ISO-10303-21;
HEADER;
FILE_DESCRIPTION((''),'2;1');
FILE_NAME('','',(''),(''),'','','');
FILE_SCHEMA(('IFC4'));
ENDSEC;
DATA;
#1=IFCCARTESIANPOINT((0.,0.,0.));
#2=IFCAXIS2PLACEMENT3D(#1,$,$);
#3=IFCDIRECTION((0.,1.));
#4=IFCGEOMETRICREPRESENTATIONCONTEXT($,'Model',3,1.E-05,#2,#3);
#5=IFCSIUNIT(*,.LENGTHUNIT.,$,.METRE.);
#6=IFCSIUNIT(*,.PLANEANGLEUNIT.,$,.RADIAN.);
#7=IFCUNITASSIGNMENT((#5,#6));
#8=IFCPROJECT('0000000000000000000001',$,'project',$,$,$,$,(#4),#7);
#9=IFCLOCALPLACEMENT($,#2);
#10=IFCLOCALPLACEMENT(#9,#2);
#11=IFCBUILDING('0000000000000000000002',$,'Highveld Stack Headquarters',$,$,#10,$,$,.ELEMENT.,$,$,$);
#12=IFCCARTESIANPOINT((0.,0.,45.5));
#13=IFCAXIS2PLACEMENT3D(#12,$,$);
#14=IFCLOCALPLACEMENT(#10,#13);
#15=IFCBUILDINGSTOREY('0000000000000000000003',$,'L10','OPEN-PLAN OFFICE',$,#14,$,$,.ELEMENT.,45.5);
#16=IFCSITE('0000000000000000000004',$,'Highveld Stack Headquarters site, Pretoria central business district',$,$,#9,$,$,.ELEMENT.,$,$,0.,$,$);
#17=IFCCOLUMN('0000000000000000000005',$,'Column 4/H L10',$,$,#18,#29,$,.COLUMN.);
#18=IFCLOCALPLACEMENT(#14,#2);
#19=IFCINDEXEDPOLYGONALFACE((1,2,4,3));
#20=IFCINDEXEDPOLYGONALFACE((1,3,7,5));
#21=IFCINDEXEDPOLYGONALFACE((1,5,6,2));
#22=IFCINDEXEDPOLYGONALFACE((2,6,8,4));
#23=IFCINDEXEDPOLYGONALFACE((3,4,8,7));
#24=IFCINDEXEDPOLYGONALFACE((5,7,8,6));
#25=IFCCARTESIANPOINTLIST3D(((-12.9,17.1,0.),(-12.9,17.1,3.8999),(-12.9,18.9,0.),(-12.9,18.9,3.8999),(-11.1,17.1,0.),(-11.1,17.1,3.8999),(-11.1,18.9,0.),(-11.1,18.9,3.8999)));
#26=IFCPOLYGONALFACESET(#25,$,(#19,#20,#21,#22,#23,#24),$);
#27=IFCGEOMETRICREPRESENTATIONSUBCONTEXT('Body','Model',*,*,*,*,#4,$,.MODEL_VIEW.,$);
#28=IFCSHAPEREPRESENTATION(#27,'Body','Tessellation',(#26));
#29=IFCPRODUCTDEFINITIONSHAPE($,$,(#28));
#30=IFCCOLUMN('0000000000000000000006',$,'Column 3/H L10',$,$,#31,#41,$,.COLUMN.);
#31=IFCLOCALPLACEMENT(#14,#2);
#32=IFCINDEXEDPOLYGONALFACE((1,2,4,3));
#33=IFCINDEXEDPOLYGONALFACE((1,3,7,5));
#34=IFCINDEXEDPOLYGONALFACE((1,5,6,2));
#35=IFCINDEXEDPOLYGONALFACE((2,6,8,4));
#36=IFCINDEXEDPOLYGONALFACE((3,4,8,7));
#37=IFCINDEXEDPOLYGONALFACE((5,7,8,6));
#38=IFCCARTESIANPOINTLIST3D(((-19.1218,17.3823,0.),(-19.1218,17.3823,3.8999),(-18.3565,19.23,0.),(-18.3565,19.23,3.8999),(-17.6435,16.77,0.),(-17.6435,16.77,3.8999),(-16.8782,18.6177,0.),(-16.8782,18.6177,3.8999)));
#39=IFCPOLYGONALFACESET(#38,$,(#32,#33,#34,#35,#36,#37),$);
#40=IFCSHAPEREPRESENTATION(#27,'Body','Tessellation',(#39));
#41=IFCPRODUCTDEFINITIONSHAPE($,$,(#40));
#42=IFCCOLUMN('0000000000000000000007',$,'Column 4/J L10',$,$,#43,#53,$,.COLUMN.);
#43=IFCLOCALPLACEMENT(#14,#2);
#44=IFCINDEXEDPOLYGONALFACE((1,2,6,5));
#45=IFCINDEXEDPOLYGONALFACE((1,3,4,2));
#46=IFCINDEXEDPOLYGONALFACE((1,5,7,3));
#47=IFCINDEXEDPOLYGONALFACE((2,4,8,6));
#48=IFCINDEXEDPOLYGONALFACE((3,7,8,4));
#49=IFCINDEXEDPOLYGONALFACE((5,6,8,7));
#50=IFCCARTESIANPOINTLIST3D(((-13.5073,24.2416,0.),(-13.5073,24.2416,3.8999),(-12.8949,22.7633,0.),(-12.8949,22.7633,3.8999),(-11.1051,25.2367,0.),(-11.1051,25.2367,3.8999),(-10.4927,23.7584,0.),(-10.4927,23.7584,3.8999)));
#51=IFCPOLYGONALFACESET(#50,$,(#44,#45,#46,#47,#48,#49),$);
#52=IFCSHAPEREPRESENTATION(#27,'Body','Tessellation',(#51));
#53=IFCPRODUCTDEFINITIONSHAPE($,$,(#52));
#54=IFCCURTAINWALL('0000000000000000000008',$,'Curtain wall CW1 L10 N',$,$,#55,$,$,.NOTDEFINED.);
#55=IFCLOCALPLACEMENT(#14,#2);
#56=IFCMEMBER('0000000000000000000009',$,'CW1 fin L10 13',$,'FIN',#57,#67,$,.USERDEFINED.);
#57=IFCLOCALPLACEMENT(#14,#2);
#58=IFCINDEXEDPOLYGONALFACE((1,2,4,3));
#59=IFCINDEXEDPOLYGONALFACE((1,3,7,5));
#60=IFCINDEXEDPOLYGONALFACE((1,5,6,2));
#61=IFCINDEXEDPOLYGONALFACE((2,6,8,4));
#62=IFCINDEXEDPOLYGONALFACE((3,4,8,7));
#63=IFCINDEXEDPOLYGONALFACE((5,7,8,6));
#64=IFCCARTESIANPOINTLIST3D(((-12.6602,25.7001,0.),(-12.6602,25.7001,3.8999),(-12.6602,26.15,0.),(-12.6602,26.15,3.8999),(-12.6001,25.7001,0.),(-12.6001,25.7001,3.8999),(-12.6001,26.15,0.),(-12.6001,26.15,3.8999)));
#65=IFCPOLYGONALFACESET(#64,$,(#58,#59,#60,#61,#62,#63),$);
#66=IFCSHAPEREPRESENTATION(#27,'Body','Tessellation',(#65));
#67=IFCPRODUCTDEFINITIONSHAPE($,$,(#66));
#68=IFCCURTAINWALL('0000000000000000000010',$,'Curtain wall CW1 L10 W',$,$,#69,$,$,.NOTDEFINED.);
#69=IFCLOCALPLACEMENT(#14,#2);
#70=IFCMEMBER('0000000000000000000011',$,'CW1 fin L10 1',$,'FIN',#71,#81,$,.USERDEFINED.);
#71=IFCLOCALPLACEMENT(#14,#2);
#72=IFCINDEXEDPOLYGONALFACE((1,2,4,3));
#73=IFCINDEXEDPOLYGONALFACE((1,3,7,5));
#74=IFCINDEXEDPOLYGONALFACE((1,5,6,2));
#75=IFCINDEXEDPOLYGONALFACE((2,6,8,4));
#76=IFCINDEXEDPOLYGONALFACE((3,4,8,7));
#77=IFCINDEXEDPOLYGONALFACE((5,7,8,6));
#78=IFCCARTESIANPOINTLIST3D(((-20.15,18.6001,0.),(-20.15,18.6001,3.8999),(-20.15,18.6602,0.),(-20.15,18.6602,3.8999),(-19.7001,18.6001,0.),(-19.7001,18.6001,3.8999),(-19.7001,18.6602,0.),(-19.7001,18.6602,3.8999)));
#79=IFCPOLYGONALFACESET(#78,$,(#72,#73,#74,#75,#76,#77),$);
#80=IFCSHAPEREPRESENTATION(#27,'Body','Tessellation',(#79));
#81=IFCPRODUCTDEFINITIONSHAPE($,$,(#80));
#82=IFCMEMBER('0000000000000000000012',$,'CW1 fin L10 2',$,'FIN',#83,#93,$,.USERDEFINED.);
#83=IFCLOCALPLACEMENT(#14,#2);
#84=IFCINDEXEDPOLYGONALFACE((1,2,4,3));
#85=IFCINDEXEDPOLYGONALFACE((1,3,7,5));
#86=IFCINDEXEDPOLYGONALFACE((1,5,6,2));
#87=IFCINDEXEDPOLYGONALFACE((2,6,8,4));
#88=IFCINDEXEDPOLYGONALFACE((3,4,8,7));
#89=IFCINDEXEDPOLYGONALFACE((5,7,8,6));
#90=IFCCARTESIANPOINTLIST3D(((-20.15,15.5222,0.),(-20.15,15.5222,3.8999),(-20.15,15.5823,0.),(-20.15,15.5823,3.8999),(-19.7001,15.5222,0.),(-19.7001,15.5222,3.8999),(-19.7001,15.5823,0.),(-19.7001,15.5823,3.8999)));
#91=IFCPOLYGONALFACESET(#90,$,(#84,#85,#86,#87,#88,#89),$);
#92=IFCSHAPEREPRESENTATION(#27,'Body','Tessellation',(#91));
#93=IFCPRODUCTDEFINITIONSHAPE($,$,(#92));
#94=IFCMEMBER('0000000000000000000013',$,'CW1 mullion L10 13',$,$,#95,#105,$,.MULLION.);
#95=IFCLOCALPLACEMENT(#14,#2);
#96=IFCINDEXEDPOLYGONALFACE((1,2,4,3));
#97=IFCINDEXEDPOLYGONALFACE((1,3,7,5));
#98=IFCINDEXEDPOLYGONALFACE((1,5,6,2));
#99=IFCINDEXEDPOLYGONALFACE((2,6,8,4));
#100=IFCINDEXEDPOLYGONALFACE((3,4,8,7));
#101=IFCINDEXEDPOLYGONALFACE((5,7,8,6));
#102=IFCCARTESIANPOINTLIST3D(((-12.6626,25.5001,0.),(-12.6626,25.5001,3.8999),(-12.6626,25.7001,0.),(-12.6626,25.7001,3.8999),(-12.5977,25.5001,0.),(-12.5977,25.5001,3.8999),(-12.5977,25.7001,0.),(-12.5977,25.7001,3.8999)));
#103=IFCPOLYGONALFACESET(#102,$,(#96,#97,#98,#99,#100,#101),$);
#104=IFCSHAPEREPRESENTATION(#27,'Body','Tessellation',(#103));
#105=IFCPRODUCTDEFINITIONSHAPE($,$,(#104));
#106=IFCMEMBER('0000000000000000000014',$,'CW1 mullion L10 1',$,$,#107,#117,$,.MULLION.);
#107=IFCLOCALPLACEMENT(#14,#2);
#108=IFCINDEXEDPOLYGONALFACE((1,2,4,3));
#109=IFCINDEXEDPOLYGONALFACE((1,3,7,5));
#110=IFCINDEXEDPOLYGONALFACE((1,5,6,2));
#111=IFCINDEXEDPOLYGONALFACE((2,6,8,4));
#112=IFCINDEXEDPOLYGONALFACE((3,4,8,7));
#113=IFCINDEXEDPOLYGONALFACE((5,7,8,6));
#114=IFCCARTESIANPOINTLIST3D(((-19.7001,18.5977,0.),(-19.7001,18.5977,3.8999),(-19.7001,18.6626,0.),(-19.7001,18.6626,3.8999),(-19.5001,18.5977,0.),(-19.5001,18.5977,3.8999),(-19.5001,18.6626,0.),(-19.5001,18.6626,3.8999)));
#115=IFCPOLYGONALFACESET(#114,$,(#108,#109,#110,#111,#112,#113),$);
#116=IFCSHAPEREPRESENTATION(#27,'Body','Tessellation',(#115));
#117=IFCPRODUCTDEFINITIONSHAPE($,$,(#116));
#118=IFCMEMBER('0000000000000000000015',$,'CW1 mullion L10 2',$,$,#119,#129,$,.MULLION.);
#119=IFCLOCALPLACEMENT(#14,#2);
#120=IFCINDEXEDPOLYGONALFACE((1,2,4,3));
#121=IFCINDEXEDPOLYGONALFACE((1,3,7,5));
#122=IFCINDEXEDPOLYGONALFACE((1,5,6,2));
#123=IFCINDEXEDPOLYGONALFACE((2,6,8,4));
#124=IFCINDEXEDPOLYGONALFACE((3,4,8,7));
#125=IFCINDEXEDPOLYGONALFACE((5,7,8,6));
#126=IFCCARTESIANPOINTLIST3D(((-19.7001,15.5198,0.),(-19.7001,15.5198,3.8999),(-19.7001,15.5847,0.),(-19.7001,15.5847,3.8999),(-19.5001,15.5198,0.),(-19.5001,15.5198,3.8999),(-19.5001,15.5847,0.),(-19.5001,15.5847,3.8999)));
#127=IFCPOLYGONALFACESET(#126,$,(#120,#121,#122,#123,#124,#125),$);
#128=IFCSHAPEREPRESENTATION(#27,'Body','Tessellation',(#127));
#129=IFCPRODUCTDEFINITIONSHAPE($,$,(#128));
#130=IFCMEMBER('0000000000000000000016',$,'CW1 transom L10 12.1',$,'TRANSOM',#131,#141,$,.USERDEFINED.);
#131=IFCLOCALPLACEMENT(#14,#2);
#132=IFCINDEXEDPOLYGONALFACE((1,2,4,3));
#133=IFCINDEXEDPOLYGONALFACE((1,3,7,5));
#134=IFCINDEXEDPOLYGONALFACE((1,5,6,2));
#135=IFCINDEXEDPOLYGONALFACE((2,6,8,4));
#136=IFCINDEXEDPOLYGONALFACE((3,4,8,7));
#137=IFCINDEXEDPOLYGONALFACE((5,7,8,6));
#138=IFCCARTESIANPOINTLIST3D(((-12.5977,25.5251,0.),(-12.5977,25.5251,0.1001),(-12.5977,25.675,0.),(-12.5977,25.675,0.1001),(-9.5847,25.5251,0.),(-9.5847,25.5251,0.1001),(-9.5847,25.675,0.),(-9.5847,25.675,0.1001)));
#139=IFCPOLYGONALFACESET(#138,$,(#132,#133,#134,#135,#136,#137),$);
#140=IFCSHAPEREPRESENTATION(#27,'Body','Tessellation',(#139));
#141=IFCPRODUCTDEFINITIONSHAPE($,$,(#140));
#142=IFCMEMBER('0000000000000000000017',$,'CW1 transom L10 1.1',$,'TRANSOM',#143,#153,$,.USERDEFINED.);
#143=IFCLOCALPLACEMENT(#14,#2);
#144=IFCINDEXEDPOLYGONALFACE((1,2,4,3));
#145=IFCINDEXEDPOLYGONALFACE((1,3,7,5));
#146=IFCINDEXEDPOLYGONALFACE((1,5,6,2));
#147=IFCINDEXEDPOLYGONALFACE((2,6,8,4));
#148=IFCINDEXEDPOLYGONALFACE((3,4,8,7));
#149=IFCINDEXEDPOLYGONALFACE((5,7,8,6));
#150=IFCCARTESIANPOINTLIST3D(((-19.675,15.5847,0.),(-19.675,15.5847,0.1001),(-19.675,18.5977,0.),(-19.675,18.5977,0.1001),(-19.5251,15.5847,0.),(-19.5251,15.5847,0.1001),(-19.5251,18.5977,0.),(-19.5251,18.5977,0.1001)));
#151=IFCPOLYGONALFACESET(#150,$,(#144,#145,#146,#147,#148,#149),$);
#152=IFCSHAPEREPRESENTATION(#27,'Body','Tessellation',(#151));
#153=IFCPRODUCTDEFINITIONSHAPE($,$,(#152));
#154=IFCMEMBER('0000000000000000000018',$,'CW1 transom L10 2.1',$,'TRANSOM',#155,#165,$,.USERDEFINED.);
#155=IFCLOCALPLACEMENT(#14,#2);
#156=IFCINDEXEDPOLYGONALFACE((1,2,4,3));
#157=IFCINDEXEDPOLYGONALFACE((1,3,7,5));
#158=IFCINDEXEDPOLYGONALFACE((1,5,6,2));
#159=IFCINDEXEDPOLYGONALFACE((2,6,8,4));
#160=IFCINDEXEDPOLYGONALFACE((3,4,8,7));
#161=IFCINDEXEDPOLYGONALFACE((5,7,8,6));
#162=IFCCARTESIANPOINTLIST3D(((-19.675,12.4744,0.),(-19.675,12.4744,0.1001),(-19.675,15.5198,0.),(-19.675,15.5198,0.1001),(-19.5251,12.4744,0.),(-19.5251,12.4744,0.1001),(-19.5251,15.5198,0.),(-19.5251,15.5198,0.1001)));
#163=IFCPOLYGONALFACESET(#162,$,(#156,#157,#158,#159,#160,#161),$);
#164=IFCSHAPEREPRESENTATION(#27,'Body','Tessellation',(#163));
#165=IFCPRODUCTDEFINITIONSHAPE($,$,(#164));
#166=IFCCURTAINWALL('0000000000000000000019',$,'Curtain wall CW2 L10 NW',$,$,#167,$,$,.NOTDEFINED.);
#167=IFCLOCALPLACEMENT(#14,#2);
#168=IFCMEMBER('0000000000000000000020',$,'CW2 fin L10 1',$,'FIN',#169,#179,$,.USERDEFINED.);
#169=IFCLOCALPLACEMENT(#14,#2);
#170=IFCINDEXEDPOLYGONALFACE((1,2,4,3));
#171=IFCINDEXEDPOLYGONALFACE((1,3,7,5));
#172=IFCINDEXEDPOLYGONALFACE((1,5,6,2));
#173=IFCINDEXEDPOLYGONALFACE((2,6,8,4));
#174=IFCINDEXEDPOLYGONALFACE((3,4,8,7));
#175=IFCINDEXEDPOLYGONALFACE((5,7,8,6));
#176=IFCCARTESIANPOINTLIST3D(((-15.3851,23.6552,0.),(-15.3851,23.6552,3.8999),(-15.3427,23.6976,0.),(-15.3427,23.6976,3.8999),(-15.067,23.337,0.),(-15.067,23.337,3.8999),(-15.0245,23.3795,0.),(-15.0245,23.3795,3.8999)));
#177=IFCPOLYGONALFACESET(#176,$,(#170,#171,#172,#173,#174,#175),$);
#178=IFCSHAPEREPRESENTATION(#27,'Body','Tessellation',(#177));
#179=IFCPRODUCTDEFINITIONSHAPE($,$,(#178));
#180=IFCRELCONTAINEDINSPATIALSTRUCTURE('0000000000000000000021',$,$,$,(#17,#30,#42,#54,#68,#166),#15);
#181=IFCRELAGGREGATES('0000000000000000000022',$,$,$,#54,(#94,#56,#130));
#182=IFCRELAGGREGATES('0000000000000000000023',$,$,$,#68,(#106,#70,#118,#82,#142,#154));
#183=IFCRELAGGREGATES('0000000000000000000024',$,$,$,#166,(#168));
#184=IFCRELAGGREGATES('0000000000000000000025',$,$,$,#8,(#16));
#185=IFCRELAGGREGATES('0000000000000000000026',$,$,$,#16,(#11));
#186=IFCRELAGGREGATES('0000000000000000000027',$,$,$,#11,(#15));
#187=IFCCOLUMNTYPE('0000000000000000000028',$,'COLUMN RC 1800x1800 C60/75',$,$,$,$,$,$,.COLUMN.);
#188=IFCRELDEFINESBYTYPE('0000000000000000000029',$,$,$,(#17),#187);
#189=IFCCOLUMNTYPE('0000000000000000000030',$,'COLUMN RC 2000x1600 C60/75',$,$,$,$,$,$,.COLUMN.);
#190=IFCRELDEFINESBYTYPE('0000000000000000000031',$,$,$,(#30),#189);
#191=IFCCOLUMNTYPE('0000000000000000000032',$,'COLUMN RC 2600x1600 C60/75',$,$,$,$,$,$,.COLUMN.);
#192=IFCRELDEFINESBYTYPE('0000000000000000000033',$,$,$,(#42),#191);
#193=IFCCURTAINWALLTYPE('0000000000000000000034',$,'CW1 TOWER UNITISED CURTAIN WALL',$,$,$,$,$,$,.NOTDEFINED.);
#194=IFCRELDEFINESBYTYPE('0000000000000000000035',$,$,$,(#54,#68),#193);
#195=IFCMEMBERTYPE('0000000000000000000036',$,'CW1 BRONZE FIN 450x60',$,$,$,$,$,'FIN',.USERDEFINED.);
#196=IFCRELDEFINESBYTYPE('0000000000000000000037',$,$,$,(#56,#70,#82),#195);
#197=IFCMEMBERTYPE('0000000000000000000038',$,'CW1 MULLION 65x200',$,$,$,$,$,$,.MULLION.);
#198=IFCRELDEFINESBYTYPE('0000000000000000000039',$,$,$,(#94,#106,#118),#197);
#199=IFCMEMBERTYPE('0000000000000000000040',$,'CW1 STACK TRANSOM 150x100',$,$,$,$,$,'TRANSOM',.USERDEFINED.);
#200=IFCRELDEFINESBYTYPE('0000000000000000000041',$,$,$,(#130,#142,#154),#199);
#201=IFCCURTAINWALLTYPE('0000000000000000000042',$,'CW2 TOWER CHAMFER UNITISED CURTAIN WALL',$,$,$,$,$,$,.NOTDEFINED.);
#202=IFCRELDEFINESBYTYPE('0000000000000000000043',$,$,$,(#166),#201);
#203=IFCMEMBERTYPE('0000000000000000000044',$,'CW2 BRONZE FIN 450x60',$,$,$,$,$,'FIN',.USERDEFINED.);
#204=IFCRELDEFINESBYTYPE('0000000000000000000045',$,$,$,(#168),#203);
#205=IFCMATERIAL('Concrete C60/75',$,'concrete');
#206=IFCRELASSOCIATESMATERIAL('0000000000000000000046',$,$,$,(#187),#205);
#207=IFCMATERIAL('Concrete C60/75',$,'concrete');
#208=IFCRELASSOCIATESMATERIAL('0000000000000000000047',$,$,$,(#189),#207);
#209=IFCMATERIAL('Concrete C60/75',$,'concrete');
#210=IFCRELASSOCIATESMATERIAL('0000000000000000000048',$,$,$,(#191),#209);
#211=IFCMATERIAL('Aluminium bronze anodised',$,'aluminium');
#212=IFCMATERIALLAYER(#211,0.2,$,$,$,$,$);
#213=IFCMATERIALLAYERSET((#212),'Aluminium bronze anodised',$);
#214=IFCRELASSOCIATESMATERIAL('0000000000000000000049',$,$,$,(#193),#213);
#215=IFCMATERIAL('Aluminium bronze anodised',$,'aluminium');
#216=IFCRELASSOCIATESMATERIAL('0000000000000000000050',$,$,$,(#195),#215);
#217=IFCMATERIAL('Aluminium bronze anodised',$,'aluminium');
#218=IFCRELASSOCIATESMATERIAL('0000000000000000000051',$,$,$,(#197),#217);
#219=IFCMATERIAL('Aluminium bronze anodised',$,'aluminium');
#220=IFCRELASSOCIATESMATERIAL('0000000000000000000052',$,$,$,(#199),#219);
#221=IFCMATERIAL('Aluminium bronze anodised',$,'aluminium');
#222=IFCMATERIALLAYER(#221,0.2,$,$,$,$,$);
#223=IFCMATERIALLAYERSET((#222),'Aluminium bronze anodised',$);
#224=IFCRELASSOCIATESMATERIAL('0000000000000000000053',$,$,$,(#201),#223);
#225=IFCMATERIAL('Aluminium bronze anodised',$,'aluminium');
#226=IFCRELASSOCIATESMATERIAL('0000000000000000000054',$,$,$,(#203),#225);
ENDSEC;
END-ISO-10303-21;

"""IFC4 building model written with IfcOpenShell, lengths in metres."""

from ifc_helpers import new_model, si_unit, direction, frame, origin, origin_2d, place, context, subcontext, project, spatial, rectangle, extrude, material, layer, layer_set, material_profile, profile_set, type_object, element, aggregate, save


model = new_model("IFC4")

# Units and contexts
model_context = context("Model", 3, precision=1e-05, world=origin(), true_north=direction((0.0, 1.0)))
body_context = subcontext(model_context, "Body", "Model", "MODEL_VIEW")
ifc_project = project(units=[si_unit("LENGTHUNIT", "METRE"), si_unit("PLANEANGLEUNIT", "RADIAN")], contexts=[model_context])

# Site, building, storey
site_placement = place(None, origin())
site = spatial("IfcSite", under=ifc_project, at=site_placement, Name="Highveld Stack Headquarters site, Pretoria central business district", CompositionType="ELEMENT", RefElevation=0.0)
building_placement = place(site_placement, origin())
building = spatial("IfcBuilding", under=site, at=building_placement, Name="Highveld Stack Headquarters", CompositionType="ELEMENT")
storey_placement = place(building_placement, frame((0.0, 0.0, 45.5)))
storey = spatial("IfcBuildingStorey", under=building, at=storey_placement, Name="L10", Description="OPEN-PLAN OFFICE", CompositionType="ELEMENT", Elevation=45.5)

# Columns
ifc_material_1 = material(Name="Concrete C60/75", Category="concrete")
ifc_material_profile_1 = material_profile(ifc_material_1, rectangle(XDim=1.8, YDim=1.8, at=origin_2d()), Name="RC 1800x1800")
ifc_profile_set_1 = profile_set([ifc_material_profile_1], Name="Concrete C60/75")
column_type_1 = type_object("IfcColumnType", Name="COLUMN RC 1800x1800 C60/75", PredefinedType="COLUMN", material=ifc_profile_set_1)
column_1_placement = place(storey_placement, frame((-12.0, 18.0, 0.0), z_axis=(0.0, 0.0, 1.0), x_axis=(1.0, 0.0, 0.0)))
element("IfcColumn", 1, at=column_1_placement, inside=storey, type_object=column_type_1, Name="Column 4/H L10", PredefinedType="COLUMN", context=body_context, shape_type="SweptSolid", body=[
    extrude(rectangle(XDim=1.8, YDim=1.8, at=origin_2d()), origin(), (0.0, 0.0, 1.0), 3.8999),
])
ifc_material_2 = material(Name="Concrete C60/75", Category="concrete")
ifc_material_profile_2 = material_profile(ifc_material_2, rectangle(XDim=2.0, YDim=1.6001, at=origin_2d()), Name="RC 2000x1600")
ifc_profile_set_2 = profile_set([ifc_material_profile_2], Name="Concrete C60/75")
column_type_2 = type_object("IfcColumnType", Name="COLUMN RC 2000x1600 C60/75", PredefinedType="COLUMN", material=ifc_profile_set_2)
column_2_placement = place(storey_placement, frame((-18.0, 18.0, 0.0), z_axis=(0.0, 0.0, 1.0), x_axis=(0.382683, 0.92388, 0.0)))
element("IfcColumn", 2, at=column_2_placement, inside=storey, type_object=column_type_2, Name="Column 3/H L10", PredefinedType="COLUMN", context=body_context, shape_type="SweptSolid", body=[
    extrude(rectangle(XDim=2.0, YDim=1.6001, at=origin_2d()), origin(), (0.0, 0.0, 1.0), 3.8999),
])
ifc_material_3 = material(Name="Concrete C60/75", Category="concrete")
ifc_material_profile_3 = material_profile(ifc_material_3, rectangle(XDim=2.6001, YDim=1.6001, at=origin_2d()), Name="RC 2600x1600")
ifc_profile_set_3 = profile_set([ifc_material_profile_3], Name="Concrete C60/75")
column_type_3 = type_object("IfcColumnType", Name="COLUMN RC 2600x1600 C60/75", PredefinedType="COLUMN", material=ifc_profile_set_3)
column_3_placement = place(storey_placement, frame((-12.0, 24.0, 0.0), z_axis=(0.0, 0.0, 1.0), x_axis=(0.92388, 0.382683, 0.0)))
element("IfcColumn", 3, at=column_3_placement, inside=storey, type_object=column_type_3, Name="Column 4/J L10", PredefinedType="COLUMN", context=body_context, shape_type="SweptSolid", body=[
    extrude(rectangle(XDim=2.6001, YDim=1.6001, at=origin_2d()), origin(), (0.0, 0.0, 1.0), 3.8999),
])

# Curtain wall, member
ifc_material_4 = material(Name="Aluminium bronze anodised", Category="aluminium")
ifc_layer_1 = layer(ifc_material_4, 0.2)
ifc_layer_set_1 = layer_set([ifc_layer_1], Name="Aluminium bronze anodised")
curtain_wall_type_1 = type_object("IfcCurtainWallType", Name="CW1 TOWER UNITISED CURTAIN WALL", PredefinedType="NOTDEFINED", material=ifc_layer_set_1)
curtain_wall_1_placement = place(storey_placement, origin())
curtain_wall_1 = element("IfcCurtainWall", 4, at=curtain_wall_1_placement, inside=storey, type_object=curtain_wall_type_1, Name="Curtain wall CW1 L10 N", PredefinedType="NOTDEFINED")
ifc_material_5 = material(Name="Aluminium bronze anodised", Category="aluminium")
ifc_material_profile_4 = material_profile(ifc_material_5, rectangle(XDim=0.45, YDim=0.0601, at=origin_2d()), Name="FIN 450x60")
ifc_profile_set_4 = profile_set([ifc_material_profile_4], Name="Aluminium bronze anodised")
member_type_1 = type_object("IfcMemberType", Name="CW1 BRONZE FIN 450x60", ElementType="FIN", PredefinedType="USERDEFINED", material=ifc_profile_set_4)
member_1_placement = place(storey_placement, frame((-12.6301, 25.925, 0.0), z_axis=(0.0, 0.0, 1.0), x_axis=(0.0, -1.0, 0.0)))
member_1 = element("IfcMember", 5, at=member_1_placement, type_object=member_type_1, Name="CW1 fin L10 13", ObjectType="FIN", PredefinedType="USERDEFINED", context=body_context, shape_type="SweptSolid", body=[
    extrude(rectangle(XDim=0.45, YDim=0.0601, at=origin_2d()), origin(), (0.0, 0.0, 1.0), 3.8999),
])

# Curtain wall, members
curtain_wall_2_placement = place(storey_placement, origin())
curtain_wall_2 = element("IfcCurtainWall", 6, at=curtain_wall_2_placement, inside=storey, type_object=curtain_wall_type_1, Name="Curtain wall CW1 L10 W", PredefinedType="NOTDEFINED")
member_2_placement = place(storey_placement, frame((-19.925, 18.6301, 0.0), z_axis=(0.0, 0.0, 1.0), x_axis=(1.0, 0.0, 0.0)))
member_2 = element("IfcMember", 7, at=member_2_placement, type_object=member_type_1, Name="CW1 fin L10 1", ObjectType="FIN", PredefinedType="USERDEFINED", context=body_context, shape_type="SweptSolid", body=[
    extrude(rectangle(XDim=0.45, YDim=0.0601, at=origin_2d()), origin(), (0.0, 0.0, 1.0), 3.8999),
])
member_3_placement = place(storey_placement, frame((-19.925, 15.5522, 0.0), z_axis=(0.0, 0.0, 1.0), x_axis=(1.0, 0.0, 0.0)))
member_3 = element("IfcMember", 8, at=member_3_placement, type_object=member_type_1, Name="CW1 fin L10 2", ObjectType="FIN", PredefinedType="USERDEFINED", context=body_context, shape_type="SweptSolid", body=[
    extrude(rectangle(XDim=0.45, YDim=0.0601, at=origin_2d()), origin(), (0.0, 0.0, 1.0), 3.8999),
])

# Members
ifc_material_6 = material(Name="Aluminium bronze anodised", Category="aluminium")
ifc_material_profile_5 = material_profile(ifc_material_6, rectangle(XDim=0.2, YDim=0.0649, at=origin_2d()), Name="CW1 MULLION 65x200")
ifc_profile_set_5 = profile_set([ifc_material_profile_5], Name="Aluminium bronze anodised")
member_type_2 = type_object("IfcMemberType", Name="CW1 MULLION 65x200", PredefinedType="MULLION", material=ifc_profile_set_5)
member_4_placement = place(storey_placement, frame((-12.6301, 25.6001, 0.0), z_axis=(0.0, 0.0, 1.0), x_axis=(0.0, -1.0, 0.0)))
member_4 = element("IfcMember", 9, at=member_4_placement, type_object=member_type_2, Name="CW1 mullion L10 13", PredefinedType="MULLION", context=body_context, shape_type="SweptSolid", body=[
    extrude(rectangle(XDim=0.2, YDim=0.0649, at=origin_2d()), origin(), (0.0, 0.0, 1.0), 3.8999),
])
member_5_placement = place(storey_placement, frame((-19.6001, 18.6301, 0.0), z_axis=(0.0, 0.0, 1.0), x_axis=(1.0, 0.0, 0.0)))
member_5 = element("IfcMember", 10, at=member_5_placement, type_object=member_type_2, Name="CW1 mullion L10 1", PredefinedType="MULLION", context=body_context, shape_type="SweptSolid", body=[
    extrude(rectangle(XDim=0.2, YDim=0.0649, at=origin_2d()), origin(), (0.0, 0.0, 1.0), 3.8999),
])
member_6_placement = place(storey_placement, frame((-19.6001, 15.5522, 0.0), z_axis=(0.0, 0.0, 1.0), x_axis=(1.0, 0.0, 0.0)))
member_6 = element("IfcMember", 11, at=member_6_placement, type_object=member_type_2, Name="CW1 mullion L10 2", PredefinedType="MULLION", context=body_context, shape_type="SweptSolid", body=[
    extrude(rectangle(XDim=0.2, YDim=0.0649, at=origin_2d()), origin(), (0.0, 0.0, 1.0), 3.8999),
])
ifc_material_7 = material(Name="Aluminium bronze anodised", Category="aluminium")
ifc_material_profile_6 = material_profile(ifc_material_7, rectangle(XDim=0.1499, YDim=0.1001, at=origin_2d()), Name="CW1 TRANSOM 150x100")
ifc_profile_set_6 = profile_set([ifc_material_profile_6], Name="Aluminium bronze anodised")
member_type_3 = type_object("IfcMemberType", Name="CW1 STACK TRANSOM 150x100", ElementType="TRANSOM", PredefinedType="USERDEFINED", material=ifc_profile_set_6)
member_7_placement = place(storey_placement, frame((-9.5847, 25.6001, 0.05), z_axis=(-1.0, 0.0, 0.0), x_axis=(0.0, -1.0, 0.0)))
member_7 = element("IfcMember", 12, at=member_7_placement, type_object=member_type_3, Name="CW1 transom L10 12.1", ObjectType="TRANSOM", PredefinedType="USERDEFINED", context=body_context, shape_type="SweptSolid", body=[
    extrude(rectangle(XDim=0.1499, YDim=0.1001, at=origin_2d()), origin(), (0.0, 0.0, 1.0), 3.0129),
])
member_8_placement = place(storey_placement, frame((-19.6001, 18.5977, 0.05), z_axis=(0.0, -1.0, 0.0), x_axis=(1.0, 0.0, 0.0)))
member_8 = element("IfcMember", 13, at=member_8_placement, type_object=member_type_3, Name="CW1 transom L10 1.1", ObjectType="TRANSOM", PredefinedType="USERDEFINED", context=body_context, shape_type="SweptSolid", body=[
    extrude(rectangle(XDim=0.1499, YDim=0.1001, at=origin_2d()), origin(), (0.0, 0.0, 1.0), 3.0129),
])
member_9_placement = place(storey_placement, frame((-19.6001, 15.5198, 0.05), z_axis=(0.0, -1.0, 0.0), x_axis=(1.0, 0.0, 0.0)))
member_9 = element("IfcMember", 14, at=member_9_placement, type_object=member_type_3, Name="CW1 transom L10 2.1", ObjectType="TRANSOM", PredefinedType="USERDEFINED", context=body_context, shape_type="SweptSolid", body=[
    extrude(rectangle(XDim=0.1499, YDim=0.1001, at=origin_2d()), origin(), (0.0, 0.0, 1.0), 3.0454),
])

# Curtain wall, member
ifc_material_8 = material(Name="Aluminium bronze anodised", Category="aluminium")
ifc_layer_2 = layer(ifc_material_8, 0.2)
ifc_layer_set_2 = layer_set([ifc_layer_2], Name="Aluminium bronze anodised")
curtain_wall_type_2 = type_object("IfcCurtainWallType", Name="CW2 TOWER CHAMFER UNITISED CURTAIN WALL", PredefinedType="NOTDEFINED", material=ifc_layer_set_2)
curtain_wall_3_placement = place(storey_placement, origin())
curtain_wall_3 = element("IfcCurtainWall", 15, at=curtain_wall_3_placement, inside=storey, type_object=curtain_wall_type_2, Name="Curtain wall CW2 L10 NW", PredefinedType="NOTDEFINED")
ifc_material_9 = material(Name="Aluminium bronze anodised", Category="aluminium")
ifc_material_profile_7 = material_profile(ifc_material_9, rectangle(XDim=0.45, YDim=0.0601, at=origin_2d()), Name="FIN 450x60")
ifc_profile_set_7 = profile_set([ifc_material_profile_7], Name="Aluminium bronze anodised")
member_type_4 = type_object("IfcMemberType", Name="CW2 BRONZE FIN 450x60", ElementType="FIN", PredefinedType="USERDEFINED", material=ifc_profile_set_7)
member_10_placement = place(storey_placement, frame((-15.2048, 23.5173, 0.0), z_axis=(0.0, 0.0, 1.0), x_axis=(0.707107, -0.707107, 0.0)))
member_10 = element("IfcMember", 16, at=member_10_placement, type_object=member_type_4, Name="CW2 fin L10 1", ObjectType="FIN", PredefinedType="USERDEFINED", context=body_context, shape_type="SweptSolid", body=[
    extrude(rectangle(XDim=0.45, YDim=0.0601, at=origin_2d()), origin(), (0.0, 0.0, 1.0), 3.8999),
])

aggregate(curtain_wall_1, [member_4, member_1, member_7])
aggregate(curtain_wall_2, [member_5, member_2, member_6, member_3, member_8, member_9])
aggregate(curtain_wall_3, [member_10])

save(model, "model.ifc")
